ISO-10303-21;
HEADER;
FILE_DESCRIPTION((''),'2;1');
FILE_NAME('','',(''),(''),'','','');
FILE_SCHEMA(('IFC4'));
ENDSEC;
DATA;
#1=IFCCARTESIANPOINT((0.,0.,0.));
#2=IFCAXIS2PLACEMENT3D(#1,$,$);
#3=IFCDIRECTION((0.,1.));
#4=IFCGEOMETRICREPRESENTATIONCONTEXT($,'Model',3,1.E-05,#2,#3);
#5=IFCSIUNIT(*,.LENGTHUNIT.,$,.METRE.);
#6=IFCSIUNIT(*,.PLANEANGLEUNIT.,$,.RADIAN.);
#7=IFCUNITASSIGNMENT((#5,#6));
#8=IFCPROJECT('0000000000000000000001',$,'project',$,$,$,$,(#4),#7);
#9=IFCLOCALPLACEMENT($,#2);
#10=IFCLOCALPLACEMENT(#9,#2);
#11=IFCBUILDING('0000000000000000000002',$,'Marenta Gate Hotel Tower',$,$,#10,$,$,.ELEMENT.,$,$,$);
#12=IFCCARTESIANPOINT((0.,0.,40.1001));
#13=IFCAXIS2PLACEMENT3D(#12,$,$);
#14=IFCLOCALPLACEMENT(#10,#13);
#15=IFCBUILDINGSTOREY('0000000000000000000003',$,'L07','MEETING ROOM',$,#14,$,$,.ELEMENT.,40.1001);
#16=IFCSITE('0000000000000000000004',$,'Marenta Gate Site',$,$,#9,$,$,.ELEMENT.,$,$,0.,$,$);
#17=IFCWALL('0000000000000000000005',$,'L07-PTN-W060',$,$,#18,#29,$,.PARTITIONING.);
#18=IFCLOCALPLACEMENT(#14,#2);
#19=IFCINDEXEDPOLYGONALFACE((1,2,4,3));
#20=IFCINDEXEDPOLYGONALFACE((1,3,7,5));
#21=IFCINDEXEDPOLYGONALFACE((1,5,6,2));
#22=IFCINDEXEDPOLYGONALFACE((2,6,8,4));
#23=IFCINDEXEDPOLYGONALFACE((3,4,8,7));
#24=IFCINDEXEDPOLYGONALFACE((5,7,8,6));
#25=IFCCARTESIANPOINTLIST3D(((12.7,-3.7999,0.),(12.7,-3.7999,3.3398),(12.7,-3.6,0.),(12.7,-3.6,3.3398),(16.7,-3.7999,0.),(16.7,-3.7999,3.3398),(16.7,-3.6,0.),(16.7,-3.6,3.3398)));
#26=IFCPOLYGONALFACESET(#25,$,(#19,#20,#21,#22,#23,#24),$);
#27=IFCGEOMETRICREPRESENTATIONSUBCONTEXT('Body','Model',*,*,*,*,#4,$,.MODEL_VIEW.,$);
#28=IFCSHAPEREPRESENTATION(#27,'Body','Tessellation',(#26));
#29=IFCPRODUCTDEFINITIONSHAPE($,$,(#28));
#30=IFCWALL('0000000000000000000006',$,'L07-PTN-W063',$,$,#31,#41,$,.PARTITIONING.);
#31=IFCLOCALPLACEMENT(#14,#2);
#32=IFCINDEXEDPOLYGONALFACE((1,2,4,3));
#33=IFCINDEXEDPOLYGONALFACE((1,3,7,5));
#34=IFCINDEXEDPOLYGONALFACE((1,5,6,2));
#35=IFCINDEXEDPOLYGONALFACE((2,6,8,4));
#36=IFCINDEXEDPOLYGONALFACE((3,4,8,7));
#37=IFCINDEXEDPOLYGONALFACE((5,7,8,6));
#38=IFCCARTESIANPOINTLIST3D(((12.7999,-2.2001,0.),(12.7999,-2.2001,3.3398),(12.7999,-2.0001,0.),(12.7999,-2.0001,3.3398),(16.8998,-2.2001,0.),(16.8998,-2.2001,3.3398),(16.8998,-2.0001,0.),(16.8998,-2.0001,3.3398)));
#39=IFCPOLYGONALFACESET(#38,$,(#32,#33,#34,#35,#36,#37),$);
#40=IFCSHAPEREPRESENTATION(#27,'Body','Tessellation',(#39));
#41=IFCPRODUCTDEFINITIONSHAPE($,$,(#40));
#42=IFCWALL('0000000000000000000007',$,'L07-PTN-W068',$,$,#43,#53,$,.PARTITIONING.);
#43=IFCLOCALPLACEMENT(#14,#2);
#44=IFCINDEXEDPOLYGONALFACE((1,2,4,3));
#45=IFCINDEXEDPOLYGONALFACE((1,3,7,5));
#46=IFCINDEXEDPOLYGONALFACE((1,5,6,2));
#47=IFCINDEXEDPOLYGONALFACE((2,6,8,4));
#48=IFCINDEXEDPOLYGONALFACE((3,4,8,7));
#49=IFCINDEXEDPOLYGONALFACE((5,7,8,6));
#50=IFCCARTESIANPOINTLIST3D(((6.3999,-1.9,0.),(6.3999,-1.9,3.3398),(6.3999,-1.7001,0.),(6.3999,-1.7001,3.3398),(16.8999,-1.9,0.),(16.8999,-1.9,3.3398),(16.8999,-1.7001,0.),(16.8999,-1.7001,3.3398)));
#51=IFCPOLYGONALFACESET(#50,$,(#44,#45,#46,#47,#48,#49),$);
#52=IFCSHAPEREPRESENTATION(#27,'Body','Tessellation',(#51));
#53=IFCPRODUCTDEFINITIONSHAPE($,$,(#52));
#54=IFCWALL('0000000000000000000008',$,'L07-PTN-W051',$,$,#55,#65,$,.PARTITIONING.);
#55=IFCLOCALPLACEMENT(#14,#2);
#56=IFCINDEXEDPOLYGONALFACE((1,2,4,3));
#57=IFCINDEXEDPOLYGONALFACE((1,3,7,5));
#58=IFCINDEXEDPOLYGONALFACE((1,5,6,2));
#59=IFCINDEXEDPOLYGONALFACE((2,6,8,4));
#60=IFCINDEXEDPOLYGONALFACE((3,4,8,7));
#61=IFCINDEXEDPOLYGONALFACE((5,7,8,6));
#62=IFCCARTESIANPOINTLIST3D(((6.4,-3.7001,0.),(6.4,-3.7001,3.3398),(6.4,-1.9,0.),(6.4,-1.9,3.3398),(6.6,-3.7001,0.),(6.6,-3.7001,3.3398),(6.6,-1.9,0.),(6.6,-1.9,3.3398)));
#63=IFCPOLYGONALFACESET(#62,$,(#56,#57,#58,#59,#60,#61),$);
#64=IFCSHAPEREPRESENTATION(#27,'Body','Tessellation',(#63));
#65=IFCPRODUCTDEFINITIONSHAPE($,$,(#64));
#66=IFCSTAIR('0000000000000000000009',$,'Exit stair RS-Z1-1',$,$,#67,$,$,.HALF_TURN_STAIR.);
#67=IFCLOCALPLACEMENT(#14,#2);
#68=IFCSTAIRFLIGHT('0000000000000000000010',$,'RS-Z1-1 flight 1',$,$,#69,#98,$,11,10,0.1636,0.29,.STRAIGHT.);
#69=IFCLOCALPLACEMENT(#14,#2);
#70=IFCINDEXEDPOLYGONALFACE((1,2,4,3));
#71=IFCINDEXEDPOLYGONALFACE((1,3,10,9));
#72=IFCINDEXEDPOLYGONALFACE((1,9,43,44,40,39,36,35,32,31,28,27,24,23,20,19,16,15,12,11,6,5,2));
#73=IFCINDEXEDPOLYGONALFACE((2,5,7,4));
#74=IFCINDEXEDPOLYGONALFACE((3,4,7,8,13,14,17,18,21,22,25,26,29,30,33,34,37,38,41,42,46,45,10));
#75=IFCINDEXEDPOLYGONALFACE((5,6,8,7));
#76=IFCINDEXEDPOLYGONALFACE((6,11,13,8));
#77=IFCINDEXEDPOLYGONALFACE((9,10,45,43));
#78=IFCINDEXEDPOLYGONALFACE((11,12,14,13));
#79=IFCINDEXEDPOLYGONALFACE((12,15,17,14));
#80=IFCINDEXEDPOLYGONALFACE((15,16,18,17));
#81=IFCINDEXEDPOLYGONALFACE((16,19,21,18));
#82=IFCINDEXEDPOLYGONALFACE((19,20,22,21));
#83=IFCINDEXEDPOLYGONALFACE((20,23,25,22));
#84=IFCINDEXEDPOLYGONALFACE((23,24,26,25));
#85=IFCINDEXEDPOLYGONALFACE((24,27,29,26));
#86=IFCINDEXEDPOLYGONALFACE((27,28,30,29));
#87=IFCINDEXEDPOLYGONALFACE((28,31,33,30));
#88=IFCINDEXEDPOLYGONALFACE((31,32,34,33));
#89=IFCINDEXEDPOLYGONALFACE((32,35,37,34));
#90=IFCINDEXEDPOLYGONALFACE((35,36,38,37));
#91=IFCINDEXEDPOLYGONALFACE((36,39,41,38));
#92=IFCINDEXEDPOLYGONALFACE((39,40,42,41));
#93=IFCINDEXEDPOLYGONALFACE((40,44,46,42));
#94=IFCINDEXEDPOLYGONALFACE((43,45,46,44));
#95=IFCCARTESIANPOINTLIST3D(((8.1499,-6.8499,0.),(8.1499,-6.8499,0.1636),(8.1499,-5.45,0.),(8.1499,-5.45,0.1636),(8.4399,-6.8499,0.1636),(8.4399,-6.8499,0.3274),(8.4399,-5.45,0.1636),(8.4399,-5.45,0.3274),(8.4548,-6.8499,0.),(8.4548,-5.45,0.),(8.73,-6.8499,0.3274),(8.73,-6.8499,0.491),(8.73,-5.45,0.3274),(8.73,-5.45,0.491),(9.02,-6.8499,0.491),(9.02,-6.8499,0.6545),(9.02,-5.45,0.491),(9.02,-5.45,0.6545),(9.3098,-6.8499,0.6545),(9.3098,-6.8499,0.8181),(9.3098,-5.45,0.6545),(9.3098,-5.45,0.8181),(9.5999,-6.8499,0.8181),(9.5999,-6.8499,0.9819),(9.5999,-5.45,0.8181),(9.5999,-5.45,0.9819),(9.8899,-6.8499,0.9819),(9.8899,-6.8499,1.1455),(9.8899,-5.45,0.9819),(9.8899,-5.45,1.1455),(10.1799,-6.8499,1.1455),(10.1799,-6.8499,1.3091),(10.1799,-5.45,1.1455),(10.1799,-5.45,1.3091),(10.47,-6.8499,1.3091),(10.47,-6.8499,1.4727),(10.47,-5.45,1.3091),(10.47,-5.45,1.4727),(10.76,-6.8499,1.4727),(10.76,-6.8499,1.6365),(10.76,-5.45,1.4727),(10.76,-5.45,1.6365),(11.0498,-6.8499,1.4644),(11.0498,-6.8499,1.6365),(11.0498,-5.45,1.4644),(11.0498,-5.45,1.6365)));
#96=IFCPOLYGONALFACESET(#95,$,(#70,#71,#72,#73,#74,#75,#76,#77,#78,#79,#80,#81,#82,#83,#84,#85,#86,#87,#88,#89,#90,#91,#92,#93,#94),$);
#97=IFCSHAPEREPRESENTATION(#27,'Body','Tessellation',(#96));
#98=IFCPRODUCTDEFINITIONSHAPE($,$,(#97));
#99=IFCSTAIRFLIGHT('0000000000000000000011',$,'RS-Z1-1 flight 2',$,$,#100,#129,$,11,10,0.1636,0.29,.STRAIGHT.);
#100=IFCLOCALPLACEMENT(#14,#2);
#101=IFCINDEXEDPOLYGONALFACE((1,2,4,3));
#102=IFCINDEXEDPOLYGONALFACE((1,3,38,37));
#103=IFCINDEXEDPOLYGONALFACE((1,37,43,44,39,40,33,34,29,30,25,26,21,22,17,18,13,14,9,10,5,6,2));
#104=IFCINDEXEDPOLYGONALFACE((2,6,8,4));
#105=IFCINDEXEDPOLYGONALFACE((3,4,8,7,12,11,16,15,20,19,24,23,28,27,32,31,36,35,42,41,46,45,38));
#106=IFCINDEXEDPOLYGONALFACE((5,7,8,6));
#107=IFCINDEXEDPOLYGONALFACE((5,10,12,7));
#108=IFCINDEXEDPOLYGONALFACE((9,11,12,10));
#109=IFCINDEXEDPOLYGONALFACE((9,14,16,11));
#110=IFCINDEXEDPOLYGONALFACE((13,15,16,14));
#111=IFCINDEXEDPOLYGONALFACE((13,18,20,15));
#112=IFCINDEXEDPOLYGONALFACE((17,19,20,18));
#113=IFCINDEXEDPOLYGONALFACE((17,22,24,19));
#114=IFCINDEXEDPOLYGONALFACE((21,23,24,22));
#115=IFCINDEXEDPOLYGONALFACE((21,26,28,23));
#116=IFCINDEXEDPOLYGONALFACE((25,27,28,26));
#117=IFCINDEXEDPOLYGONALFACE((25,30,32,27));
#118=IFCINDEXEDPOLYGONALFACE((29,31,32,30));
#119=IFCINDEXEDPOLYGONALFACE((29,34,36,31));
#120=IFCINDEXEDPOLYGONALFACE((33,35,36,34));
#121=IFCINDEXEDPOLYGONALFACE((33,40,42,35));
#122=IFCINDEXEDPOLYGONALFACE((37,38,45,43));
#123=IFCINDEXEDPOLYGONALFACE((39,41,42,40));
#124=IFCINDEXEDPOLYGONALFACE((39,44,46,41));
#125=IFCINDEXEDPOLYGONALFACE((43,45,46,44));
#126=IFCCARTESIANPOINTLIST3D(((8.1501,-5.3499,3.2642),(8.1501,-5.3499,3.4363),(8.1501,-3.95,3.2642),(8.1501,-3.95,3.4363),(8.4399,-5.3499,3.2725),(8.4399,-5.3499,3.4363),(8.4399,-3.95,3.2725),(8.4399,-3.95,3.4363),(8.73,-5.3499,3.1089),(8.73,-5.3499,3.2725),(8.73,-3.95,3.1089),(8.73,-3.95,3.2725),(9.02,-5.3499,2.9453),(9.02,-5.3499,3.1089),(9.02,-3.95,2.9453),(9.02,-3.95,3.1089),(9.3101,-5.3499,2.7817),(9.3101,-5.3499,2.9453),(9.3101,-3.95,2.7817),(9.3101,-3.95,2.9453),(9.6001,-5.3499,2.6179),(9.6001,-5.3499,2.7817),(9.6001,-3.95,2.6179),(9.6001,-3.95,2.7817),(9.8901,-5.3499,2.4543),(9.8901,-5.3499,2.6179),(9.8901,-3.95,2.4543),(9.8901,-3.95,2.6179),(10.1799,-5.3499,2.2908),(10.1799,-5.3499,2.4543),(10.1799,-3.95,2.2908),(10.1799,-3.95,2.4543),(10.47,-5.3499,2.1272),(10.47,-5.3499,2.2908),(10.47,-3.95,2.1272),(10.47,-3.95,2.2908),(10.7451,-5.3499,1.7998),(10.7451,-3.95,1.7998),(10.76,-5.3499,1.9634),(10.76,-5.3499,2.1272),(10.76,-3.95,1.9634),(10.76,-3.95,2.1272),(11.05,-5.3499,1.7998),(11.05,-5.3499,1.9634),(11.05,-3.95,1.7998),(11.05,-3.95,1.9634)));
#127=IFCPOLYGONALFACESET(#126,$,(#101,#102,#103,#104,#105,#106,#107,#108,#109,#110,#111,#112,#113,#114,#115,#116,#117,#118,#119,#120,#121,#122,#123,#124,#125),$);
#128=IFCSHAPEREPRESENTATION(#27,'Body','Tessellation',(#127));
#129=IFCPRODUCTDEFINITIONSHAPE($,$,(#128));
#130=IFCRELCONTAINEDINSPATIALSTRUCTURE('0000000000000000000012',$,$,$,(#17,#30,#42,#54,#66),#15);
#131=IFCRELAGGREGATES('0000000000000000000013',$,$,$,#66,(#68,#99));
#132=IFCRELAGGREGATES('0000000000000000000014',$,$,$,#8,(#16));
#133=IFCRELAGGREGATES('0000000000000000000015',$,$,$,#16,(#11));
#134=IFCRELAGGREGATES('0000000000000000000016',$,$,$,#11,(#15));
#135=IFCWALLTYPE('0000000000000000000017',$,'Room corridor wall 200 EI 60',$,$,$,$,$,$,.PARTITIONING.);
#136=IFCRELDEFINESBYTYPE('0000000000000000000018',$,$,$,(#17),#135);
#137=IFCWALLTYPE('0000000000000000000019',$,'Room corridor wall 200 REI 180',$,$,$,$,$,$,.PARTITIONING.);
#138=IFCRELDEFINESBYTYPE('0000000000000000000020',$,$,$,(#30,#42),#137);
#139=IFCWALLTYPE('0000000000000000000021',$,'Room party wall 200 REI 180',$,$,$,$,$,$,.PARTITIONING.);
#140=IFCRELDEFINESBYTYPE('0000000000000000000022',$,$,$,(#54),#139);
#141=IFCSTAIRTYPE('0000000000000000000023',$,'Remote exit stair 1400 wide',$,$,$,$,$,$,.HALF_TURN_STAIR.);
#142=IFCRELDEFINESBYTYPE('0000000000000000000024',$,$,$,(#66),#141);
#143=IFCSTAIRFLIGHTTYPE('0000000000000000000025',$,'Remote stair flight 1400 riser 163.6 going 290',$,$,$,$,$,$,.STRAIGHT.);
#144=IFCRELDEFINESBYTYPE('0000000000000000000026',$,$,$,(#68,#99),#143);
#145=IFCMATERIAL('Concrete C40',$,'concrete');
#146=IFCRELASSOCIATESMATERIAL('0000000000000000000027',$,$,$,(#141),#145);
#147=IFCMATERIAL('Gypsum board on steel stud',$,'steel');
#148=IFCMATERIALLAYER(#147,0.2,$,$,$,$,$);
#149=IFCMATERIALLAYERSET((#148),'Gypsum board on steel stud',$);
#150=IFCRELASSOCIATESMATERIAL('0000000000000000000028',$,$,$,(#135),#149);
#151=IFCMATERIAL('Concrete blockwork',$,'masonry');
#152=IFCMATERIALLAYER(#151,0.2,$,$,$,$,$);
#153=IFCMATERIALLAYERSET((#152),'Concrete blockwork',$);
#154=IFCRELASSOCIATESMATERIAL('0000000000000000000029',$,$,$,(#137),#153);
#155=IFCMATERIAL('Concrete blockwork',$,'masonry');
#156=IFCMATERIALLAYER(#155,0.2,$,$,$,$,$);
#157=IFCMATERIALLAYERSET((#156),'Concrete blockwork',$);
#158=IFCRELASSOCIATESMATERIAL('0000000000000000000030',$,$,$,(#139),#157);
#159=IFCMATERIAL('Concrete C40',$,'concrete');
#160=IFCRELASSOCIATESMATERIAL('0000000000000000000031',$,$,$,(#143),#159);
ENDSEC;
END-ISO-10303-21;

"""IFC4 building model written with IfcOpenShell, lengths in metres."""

from ifc_helpers import new_model, si_unit, direction, frame, frame_2d, origin, place, context, subcontext, project, spatial, polyline, rectangle, outline, extrude, material, layer, layer_set, type_object, element, aggregate, save


model = new_model("IFC4")

# Units and contexts
model_context = context("Model", 3, precision=1e-05, world=origin(), true_north=direction((0.0, 1.0)))
body_context = subcontext(model_context, "Body", "Model", "MODEL_VIEW")
ifc_project = project(units=[si_unit("LENGTHUNIT", "METRE"), si_unit("PLANEANGLEUNIT", "RADIAN")], contexts=[model_context])

# Site, building, storey
site_placement = place(None, origin())
site = spatial("IfcSite", under=ifc_project, at=site_placement, Name="Marenta Gate Site", CompositionType="ELEMENT", RefElevation=0.0)
building_placement = place(site_placement, origin())
building = spatial("IfcBuilding", under=site, at=building_placement, Name="Marenta Gate Hotel Tower", CompositionType="ELEMENT")
storey_placement = place(building_placement, frame((0.0, 0.0, 40.1001)))
storey = spatial("IfcBuildingStorey", under=building, at=storey_placement, Name="L07", Description="MEETING ROOM", CompositionType="ELEMENT", Elevation=40.1001)

# Shared definitions
ifc_material_1 = material(Name="Concrete C40", Category="concrete")
stair_type = type_object("IfcStairType", Name="Remote exit stair 1400 wide", PredefinedType="HALF_TURN_STAIR", material=ifc_material_1)

# Wall
ifc_material_2 = material(Name="Gypsum board on steel stud", Category="steel")
ifc_layer_1 = layer(ifc_material_2, 0.2)
ifc_layer_set_1 = layer_set([ifc_layer_1], Name="Gypsum board on steel stud")
wall_type_1 = type_object("IfcWallType", Name="Room corridor wall 200 EI 60", PredefinedType="PARTITIONING", material=ifc_layer_set_1)
wall_1_placement = place(storey_placement, frame((12.7, -3.7, 0.0), z_axis=(0.0, 0.0, 1.0), x_axis=(1.0, 0.0, 0.0)))
element("IfcWall", 1, at=wall_1_placement, inside=storey, type_object=wall_type_1, Name="L07-PTN-W060", PredefinedType="PARTITIONING", context=body_context, shape_type="SweptSolid", body=[
    extrude(rectangle(XDim=4.0, YDim=0.2, at=frame_2d((2.0, 0.0))), origin(), (0.0, 0.0, 1.0), 3.3398),
])

# Shared definitions
ifc_material_3 = material(Name="Concrete blockwork", Category="masonry")
ifc_layer_2 = layer(ifc_material_3, 0.2)
ifc_layer_set_2 = layer_set([ifc_layer_2], Name="Concrete blockwork")
wall_type_2 = type_object("IfcWallType", Name="Room corridor wall 200 REI 180", PredefinedType="PARTITIONING", material=ifc_layer_set_2)

# Walls
wall_2_placement = place(storey_placement, frame((12.8, -2.1001, 0.0), z_axis=(0.0, 0.0, 1.0), x_axis=(1.0, 0.0, 0.0)))
element("IfcWall", 2, at=wall_2_placement, inside=storey, type_object=wall_type_2, Name="L07-PTN-W063", PredefinedType="PARTITIONING", context=body_context, shape_type="SweptSolid", body=[
    extrude(rectangle(XDim=4.0999, YDim=0.2, at=frame_2d((2.0498, 0.0))), origin(), (0.0, 0.0, 1.0), 3.3398),
])
wall_3_placement = place(storey_placement, frame((6.3999, -1.8, 0.0), z_axis=(0.0, 0.0, 1.0), x_axis=(1.0, 0.0, 0.0)))
element("IfcWall", 3, at=wall_3_placement, inside=storey, type_object=wall_type_2, Name="L07-PTN-W068", PredefinedType="PARTITIONING", context=body_context, shape_type="SweptSolid", body=[
    extrude(rectangle(XDim=10.5, YDim=0.2, at=frame_2d((5.25, 0.0))), origin(), (0.0, 0.0, 1.0), 3.3398),
])
ifc_material_4 = material(Name="Concrete blockwork", Category="masonry")
ifc_layer_3 = layer(ifc_material_4, 0.2)
ifc_layer_set_3 = layer_set([ifc_layer_3], Name="Concrete blockwork")
wall_type_3 = type_object("IfcWallType", Name="Room party wall 200 REI 180", PredefinedType="PARTITIONING", material=ifc_layer_set_3)
wall_4_placement = place(storey_placement, frame((6.5, -3.7, 0.0), z_axis=(0.0, 0.0, 1.0), x_axis=(0.0, 1.0, 0.0)))
element("IfcWall", 4, at=wall_4_placement, inside=storey, type_object=wall_type_3, Name="L07-PTN-W051", PredefinedType="PARTITIONING", context=body_context, shape_type="SweptSolid", body=[
    extrude(rectangle(XDim=1.8, YDim=0.2, at=frame_2d((0.8999, 0.0))), origin(), (0.0, 0.0, 1.0), 3.3398),
])

# Stair, stair flights
stair_1_placement = place(storey_placement, origin())
stair_1 = element("IfcStair", 5, at=stair_1_placement, inside=storey, type_object=stair_type, Name="Exit stair RS-Z1-1", PredefinedType="HALF_TURN_STAIR")
ifc_material_5 = material(Name="Concrete C40", Category="concrete")
stair_flight_type = type_object("IfcStairFlightType", Name="Remote stair flight 1400 riser 163.6 going 290", PredefinedType="STRAIGHT", material=ifc_material_5)
stair_flight_1_placement = place(storey_placement, frame((8.1499, -6.1499, 0.0), z_axis=(0.0, 0.0, 1.0), x_axis=(1.0, 0.0, 0.0)))
stair_flight_1 = element("IfcStairFlight", 6, at=stair_flight_1_placement, type_object=stair_flight_type, Name="RS-Z1-1 flight 1", NumberOfRisers=11, NumberOfTreads=10, PredefinedType="STRAIGHT", RiserHeight=0.1636, TreadLength=0.29, context=body_context, shape_type="SweptSolid", body=[
    extrude(outline(polyline([(0.0, 0.0), (0.0, 0.1636), (0.29, 0.1636), (0.29, 0.3274), (0.5801, 0.3274), (0.5801, 0.491), (0.8701, 0.491), (0.8701, 0.6545), (1.1599, 0.6545), (1.1599, 0.8181), (1.45, 0.8181), (1.45, 0.9819), (1.74, 0.9819), (1.74, 1.1455), (2.03, 1.1455), (2.03, 1.3091), (2.3201, 1.3091), (2.3201, 1.4727), (2.6101, 1.4727), (2.6101, 1.6365), (2.8999, 1.6365), (2.8999, 1.8), (2.8999, 1.4644), (0.3049, 0.0), (0.0, 0.0)])), frame((0.0, 0.7, 0.0), z_axis=(0.0, -1.0, 0.0), x_axis=(1.0, 0.0, 0.0)), (0.0, 0.0, 1.0), 1.3999),
])
stair_flight_2_placement = place(storey_placement, frame((11.05, -4.6499, 1.7998), z_axis=(0.0, 0.0, 1.0), x_axis=(-1.0, 0.0, 0.0)))
stair_flight_2 = element("IfcStairFlight", 7, at=stair_flight_2_placement, type_object=stair_flight_type, Name="RS-Z1-1 flight 2", NumberOfRisers=11, NumberOfTreads=10, PredefinedType="STRAIGHT", RiserHeight=0.1636, TreadLength=0.29, context=body_context, shape_type="SweptSolid", body=[
    extrude(outline(polyline([(0.0, 0.0), (0.0, 0.1636), (0.29, 0.1636), (0.29, 0.3274), (0.5801, 0.3274), (0.5801, 0.491), (0.8701, 0.491), (0.8701, 0.6545), (1.1599, 0.6545), (1.1599, 0.8181), (1.45, 0.8181), (1.45, 0.9819), (1.74, 0.9819), (1.74, 1.1455), (2.03, 1.1455), (2.03, 1.3091), (2.3201, 1.3091), (2.3201, 1.4727), (2.6101, 1.4727), (2.6101, 1.6365), (2.8999, 1.6365), (2.8999, 1.8), (2.8999, 1.4644), (0.3049, 0.0), (0.0, 0.0)])), frame((0.0, 0.7, 0.0), z_axis=(0.0, -1.0, 0.0), x_axis=(1.0, 0.0, 0.0)), (0.0, 0.0, 1.0), 1.3999),
])
aggregate(stair_1, [stair_flight_1, stair_flight_2])

save(model, "model.ifc")
